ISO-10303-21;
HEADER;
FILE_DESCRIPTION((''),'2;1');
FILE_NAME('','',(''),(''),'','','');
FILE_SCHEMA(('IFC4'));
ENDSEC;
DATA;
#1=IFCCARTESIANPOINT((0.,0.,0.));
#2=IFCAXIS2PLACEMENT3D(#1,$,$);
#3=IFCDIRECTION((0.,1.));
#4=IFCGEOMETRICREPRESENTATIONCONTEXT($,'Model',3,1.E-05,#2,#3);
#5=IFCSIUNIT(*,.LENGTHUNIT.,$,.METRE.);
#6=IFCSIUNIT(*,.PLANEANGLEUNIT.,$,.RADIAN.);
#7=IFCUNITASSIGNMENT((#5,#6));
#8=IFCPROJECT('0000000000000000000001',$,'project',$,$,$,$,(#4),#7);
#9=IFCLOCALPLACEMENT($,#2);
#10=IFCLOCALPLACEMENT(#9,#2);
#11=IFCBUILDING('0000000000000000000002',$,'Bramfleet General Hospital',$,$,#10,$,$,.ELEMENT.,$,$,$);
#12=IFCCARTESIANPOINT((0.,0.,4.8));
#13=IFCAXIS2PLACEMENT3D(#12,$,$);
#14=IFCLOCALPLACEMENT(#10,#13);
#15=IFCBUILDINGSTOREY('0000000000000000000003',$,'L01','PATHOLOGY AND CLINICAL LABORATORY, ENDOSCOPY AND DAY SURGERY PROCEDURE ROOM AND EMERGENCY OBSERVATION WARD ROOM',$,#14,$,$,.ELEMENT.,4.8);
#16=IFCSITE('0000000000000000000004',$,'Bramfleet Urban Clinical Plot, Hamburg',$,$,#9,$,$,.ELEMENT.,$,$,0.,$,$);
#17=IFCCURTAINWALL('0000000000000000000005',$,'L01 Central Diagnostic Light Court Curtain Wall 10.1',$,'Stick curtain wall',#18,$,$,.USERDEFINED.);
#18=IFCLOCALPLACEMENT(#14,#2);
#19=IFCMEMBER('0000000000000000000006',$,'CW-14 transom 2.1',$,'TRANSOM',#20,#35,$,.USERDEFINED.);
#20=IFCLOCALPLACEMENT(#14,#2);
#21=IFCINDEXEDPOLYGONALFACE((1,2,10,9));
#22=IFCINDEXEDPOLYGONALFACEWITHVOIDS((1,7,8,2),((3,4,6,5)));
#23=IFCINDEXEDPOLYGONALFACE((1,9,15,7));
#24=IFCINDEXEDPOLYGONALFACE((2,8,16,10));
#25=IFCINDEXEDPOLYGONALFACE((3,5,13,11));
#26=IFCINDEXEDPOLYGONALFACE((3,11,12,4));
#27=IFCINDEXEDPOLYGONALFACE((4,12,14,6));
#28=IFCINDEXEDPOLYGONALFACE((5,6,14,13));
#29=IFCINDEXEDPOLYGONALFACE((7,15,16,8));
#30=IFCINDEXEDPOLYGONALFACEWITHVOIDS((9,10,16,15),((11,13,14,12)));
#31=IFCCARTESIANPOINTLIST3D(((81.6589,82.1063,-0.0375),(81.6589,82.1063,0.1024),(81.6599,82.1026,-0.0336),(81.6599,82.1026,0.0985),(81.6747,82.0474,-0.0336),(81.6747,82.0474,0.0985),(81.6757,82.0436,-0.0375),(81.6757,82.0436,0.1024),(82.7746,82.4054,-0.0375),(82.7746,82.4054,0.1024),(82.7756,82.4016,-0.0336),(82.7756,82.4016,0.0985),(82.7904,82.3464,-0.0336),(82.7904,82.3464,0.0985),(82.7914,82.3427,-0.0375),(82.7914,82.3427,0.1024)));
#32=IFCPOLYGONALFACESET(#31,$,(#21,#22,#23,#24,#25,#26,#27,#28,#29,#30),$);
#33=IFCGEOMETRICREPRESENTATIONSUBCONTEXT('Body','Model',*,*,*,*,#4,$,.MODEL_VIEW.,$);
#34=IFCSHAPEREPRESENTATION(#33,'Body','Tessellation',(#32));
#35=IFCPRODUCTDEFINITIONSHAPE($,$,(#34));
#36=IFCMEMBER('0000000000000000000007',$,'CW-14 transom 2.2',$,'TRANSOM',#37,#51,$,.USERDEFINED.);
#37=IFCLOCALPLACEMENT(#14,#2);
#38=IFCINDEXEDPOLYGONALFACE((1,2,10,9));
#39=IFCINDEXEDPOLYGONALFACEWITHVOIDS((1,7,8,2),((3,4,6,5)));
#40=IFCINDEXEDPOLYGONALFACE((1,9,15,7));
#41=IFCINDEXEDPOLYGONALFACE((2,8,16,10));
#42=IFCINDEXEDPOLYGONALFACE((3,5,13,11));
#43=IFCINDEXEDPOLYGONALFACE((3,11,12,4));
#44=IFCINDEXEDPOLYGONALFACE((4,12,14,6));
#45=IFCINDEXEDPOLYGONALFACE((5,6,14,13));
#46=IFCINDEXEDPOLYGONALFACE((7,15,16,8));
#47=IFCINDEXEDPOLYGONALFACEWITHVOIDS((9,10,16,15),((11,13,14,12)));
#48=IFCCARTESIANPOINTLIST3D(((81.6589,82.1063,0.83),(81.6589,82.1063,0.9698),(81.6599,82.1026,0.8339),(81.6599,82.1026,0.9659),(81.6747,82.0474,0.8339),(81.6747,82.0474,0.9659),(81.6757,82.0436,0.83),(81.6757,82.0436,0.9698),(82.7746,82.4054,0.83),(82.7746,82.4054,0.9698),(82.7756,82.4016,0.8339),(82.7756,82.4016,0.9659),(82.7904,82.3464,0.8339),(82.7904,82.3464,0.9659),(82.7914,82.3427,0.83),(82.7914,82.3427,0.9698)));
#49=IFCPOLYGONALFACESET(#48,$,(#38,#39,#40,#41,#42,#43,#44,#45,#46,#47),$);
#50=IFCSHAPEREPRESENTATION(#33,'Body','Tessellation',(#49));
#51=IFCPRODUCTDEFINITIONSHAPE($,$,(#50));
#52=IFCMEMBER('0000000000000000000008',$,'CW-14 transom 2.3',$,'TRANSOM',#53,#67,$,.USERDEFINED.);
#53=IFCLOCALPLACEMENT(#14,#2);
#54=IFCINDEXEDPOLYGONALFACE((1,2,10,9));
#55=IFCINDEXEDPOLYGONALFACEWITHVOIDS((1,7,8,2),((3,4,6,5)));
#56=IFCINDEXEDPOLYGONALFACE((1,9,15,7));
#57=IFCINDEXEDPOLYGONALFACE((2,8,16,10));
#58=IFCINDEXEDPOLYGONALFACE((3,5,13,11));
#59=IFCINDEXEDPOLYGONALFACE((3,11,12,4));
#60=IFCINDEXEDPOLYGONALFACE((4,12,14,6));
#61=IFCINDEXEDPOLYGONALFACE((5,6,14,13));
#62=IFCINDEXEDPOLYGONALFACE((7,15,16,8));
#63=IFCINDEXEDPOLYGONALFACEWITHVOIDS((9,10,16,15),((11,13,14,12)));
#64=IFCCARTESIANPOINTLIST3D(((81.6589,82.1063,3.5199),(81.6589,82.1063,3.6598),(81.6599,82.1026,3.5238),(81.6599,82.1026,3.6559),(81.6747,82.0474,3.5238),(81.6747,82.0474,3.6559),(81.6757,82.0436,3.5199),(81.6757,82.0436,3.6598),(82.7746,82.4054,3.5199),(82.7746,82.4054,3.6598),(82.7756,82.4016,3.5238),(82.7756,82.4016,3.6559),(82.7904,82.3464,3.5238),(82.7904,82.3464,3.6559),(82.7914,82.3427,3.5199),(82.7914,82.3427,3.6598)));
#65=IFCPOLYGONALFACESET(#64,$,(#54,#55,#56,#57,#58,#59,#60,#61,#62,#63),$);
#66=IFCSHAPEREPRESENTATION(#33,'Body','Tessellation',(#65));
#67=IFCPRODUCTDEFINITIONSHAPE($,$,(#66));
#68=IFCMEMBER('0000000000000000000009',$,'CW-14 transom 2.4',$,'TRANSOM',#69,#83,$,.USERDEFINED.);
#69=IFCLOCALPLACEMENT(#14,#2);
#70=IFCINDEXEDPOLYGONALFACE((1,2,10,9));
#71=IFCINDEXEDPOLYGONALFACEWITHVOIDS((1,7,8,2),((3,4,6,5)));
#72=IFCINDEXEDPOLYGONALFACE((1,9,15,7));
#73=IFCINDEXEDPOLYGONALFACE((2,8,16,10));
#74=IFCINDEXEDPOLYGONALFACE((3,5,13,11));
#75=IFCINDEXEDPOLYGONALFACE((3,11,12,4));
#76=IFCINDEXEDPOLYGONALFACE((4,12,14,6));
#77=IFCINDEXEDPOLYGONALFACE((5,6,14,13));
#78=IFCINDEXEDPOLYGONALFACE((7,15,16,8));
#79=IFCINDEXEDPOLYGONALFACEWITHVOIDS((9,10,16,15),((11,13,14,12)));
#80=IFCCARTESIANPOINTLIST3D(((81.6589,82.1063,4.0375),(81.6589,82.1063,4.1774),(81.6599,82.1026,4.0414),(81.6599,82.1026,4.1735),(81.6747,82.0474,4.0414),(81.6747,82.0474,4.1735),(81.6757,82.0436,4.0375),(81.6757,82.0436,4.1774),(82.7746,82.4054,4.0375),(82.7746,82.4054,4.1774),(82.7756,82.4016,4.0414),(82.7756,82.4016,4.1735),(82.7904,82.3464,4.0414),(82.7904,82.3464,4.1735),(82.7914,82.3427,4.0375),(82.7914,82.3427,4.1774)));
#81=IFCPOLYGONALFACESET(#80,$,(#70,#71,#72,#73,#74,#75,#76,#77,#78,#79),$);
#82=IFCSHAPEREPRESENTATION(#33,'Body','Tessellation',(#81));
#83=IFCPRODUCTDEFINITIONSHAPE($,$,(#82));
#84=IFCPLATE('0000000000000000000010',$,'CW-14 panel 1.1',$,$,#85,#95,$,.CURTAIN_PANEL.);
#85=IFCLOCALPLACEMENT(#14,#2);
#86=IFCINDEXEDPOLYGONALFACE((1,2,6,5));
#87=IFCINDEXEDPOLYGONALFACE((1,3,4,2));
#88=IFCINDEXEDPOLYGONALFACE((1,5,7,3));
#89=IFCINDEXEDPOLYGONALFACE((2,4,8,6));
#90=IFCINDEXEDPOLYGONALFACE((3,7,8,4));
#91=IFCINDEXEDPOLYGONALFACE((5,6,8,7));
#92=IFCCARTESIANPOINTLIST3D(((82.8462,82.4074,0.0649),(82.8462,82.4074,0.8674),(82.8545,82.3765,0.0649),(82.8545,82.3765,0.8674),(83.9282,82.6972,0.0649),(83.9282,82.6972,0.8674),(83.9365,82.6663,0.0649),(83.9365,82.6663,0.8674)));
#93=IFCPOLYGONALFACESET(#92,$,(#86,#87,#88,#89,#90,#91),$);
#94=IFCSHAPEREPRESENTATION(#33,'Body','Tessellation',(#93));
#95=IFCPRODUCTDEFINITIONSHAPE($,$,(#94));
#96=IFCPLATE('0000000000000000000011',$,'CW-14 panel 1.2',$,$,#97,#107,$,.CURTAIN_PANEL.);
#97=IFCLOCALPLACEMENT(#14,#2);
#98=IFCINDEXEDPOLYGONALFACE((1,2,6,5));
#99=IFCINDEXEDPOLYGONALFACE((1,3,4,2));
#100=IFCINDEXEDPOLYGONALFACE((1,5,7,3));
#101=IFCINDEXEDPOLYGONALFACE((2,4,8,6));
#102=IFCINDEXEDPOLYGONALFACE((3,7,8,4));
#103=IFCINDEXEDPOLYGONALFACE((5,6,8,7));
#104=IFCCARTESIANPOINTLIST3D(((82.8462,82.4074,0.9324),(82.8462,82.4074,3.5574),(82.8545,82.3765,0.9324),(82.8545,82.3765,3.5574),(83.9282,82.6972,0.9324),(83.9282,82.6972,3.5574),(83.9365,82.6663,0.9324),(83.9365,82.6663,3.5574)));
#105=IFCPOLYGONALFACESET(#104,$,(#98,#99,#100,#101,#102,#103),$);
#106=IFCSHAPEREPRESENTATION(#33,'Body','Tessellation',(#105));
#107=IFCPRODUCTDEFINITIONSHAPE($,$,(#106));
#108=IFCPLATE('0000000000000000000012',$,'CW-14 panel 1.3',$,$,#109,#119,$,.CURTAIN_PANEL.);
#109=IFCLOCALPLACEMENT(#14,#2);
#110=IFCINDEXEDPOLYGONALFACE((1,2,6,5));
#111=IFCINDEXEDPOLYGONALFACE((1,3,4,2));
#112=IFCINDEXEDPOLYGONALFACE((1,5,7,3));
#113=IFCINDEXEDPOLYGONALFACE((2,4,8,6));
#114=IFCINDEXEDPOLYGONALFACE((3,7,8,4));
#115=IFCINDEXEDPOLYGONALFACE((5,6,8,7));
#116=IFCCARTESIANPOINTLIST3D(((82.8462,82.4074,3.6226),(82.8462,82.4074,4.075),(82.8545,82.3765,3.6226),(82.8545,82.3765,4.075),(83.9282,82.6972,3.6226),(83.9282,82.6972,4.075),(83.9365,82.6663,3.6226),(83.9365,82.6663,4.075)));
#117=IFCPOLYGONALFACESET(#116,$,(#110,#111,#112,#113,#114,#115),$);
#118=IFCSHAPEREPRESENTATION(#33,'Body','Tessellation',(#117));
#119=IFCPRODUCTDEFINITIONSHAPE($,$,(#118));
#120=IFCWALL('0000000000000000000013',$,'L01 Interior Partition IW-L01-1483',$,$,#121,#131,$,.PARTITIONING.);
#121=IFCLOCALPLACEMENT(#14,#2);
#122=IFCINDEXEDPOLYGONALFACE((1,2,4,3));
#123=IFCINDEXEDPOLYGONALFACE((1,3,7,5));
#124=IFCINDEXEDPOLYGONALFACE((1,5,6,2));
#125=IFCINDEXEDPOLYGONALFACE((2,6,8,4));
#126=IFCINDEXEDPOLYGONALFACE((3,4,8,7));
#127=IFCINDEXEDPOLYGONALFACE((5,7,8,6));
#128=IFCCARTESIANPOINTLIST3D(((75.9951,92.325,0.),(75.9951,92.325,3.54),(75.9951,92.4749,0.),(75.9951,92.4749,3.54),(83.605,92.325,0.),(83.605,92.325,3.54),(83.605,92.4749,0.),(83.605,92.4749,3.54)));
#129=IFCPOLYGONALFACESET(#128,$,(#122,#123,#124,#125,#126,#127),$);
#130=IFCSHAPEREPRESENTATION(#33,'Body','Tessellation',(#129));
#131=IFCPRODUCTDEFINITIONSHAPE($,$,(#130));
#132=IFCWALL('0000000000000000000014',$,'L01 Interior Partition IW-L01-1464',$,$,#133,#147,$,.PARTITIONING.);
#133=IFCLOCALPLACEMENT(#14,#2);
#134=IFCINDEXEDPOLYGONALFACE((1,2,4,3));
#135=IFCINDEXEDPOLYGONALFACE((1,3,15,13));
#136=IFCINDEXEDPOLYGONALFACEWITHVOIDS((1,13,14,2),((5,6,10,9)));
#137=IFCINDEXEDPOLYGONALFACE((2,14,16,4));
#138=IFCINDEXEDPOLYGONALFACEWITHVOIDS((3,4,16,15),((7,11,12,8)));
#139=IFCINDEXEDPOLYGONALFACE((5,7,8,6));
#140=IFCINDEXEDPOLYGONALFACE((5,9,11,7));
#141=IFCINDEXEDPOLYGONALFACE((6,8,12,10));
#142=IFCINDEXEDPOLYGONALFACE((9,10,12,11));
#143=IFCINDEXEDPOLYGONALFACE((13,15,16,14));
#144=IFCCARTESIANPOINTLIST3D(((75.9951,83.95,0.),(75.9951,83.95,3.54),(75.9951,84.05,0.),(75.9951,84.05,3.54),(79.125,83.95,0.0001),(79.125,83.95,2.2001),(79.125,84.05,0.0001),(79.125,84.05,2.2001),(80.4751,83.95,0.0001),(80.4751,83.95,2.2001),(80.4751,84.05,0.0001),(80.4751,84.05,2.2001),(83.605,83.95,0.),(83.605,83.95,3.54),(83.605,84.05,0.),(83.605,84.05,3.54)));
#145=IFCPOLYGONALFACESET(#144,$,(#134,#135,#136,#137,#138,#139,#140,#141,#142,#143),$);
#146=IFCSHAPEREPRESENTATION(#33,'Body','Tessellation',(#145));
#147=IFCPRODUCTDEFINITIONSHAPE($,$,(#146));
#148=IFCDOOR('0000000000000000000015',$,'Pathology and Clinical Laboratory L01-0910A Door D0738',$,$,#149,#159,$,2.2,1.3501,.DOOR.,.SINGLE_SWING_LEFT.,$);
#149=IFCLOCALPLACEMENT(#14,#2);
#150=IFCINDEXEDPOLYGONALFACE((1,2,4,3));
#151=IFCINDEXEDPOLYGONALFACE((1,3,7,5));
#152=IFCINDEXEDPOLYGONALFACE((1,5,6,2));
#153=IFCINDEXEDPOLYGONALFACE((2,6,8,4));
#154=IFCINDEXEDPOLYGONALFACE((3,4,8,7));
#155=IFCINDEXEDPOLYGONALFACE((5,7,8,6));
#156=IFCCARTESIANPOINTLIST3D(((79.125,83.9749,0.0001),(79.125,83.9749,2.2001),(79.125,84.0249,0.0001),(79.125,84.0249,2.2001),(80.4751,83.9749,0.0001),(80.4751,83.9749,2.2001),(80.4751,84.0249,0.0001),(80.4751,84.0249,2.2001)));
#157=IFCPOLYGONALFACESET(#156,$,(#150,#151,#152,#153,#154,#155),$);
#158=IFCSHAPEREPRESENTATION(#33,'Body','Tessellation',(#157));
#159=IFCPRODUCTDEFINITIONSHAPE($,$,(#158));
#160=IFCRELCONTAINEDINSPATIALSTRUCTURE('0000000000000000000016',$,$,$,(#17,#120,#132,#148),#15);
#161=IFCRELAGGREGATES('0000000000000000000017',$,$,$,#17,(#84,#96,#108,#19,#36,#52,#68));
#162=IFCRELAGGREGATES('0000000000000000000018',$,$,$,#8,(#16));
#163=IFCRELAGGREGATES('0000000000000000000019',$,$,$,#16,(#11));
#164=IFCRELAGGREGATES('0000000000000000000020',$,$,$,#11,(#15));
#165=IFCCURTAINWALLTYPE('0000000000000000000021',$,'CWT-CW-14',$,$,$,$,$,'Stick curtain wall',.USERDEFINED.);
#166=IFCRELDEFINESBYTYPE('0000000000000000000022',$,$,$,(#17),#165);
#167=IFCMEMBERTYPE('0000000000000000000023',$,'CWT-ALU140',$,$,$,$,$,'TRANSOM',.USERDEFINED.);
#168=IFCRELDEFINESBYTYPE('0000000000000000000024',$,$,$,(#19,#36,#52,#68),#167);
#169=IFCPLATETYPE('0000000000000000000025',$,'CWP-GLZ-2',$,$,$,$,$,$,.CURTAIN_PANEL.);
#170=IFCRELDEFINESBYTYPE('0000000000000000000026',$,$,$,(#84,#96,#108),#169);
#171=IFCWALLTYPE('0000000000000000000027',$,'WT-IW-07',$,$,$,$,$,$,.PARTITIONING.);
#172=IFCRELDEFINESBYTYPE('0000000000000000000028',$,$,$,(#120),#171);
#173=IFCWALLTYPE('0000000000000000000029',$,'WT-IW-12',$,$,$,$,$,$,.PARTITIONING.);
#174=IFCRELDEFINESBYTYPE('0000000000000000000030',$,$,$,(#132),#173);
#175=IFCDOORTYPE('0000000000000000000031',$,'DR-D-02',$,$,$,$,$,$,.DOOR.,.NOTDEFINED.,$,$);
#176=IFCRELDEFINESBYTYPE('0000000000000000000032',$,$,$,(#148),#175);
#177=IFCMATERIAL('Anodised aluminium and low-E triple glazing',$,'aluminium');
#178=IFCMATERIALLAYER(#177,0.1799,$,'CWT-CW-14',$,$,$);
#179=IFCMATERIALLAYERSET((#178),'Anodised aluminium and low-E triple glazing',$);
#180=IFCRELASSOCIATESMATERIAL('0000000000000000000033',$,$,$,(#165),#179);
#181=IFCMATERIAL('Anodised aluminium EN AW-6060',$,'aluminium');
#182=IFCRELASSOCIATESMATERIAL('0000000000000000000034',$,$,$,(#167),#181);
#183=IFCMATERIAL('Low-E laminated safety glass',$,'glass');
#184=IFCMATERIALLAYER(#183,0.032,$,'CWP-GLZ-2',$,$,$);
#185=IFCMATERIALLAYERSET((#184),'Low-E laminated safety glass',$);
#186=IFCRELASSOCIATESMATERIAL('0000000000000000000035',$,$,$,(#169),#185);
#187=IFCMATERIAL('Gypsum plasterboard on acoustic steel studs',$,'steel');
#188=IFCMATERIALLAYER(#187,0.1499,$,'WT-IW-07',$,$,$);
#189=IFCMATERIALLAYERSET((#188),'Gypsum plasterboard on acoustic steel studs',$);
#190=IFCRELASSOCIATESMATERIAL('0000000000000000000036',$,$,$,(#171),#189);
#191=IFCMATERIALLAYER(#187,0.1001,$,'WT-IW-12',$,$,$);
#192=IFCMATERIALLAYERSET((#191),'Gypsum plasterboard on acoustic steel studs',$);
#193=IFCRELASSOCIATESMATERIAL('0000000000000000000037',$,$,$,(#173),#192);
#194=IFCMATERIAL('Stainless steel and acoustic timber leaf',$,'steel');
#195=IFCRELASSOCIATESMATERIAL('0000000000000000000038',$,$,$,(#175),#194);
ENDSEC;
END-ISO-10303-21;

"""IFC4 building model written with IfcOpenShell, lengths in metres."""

from ifc_helpers import new_model, si_unit, direction, frame, frame_2d, origin, origin_2d, place, context, subcontext, project, spatial, rectangle, hollow_rectangle, extrude, material, layer, layer_set, material_profile, profile_set, type_object, element, fill, aggregate, save


model = new_model("IFC4")

# Units and contexts
model_context = context("Model", 3, precision=1e-05, world=origin(), true_north=direction((0.0, 1.0)))
body_context = subcontext(model_context, "Body", "Model", "MODEL_VIEW")
ifc_project = project(units=[si_unit("LENGTHUNIT", "METRE"), si_unit("PLANEANGLEUNIT", "RADIAN")], contexts=[model_context])

# Site, building, storey
site_placement = place(None, origin())
site = spatial("IfcSite", under=ifc_project, at=site_placement, Name="Bramfleet Urban Clinical Plot, Hamburg", CompositionType="ELEMENT", RefElevation=0.0)
building_placement = place(site_placement, origin())
building = spatial("IfcBuilding", under=site, at=building_placement, Name="Bramfleet General Hospital", CompositionType="ELEMENT")
storey_placement = place(building_placement, frame((0.0, 0.0, 4.8)))
storey = spatial("IfcBuildingStorey", under=building, at=storey_placement, Name="L01", Description="PATHOLOGY AND CLINICAL LABORATORY, ENDOSCOPY AND DAY SURGERY PROCEDURE ROOM AND EMERGENCY OBSERVATION WARD ROOM", CompositionType="ELEMENT", Elevation=4.8)

# Curtain wall, members, plates
ifc_material_1 = material(Name="Anodised aluminium and low-E triple glazing", Category="aluminium")
ifc_layer_1 = layer(ifc_material_1, 0.1799, Name="CWT-CW-14")
ifc_layer_set_1 = layer_set([ifc_layer_1], Name="Anodised aluminium and low-E triple glazing")
curtain_wall_type = type_object("IfcCurtainWallType", Name="CWT-CW-14", ElementType="Stick curtain wall", PredefinedType="USERDEFINED", material=ifc_layer_set_1)
curtain_wall_placement = place(storey_placement, origin())
curtain_wall = element("IfcCurtainWall", 1, at=curtain_wall_placement, inside=storey, type_object=curtain_wall_type, Name="L01 Central Diagnostic Light Court Curtain Wall 10.1", ObjectType="Stick curtain wall", PredefinedType="USERDEFINED")
ifc_material_2 = material(Name="Anodised aluminium EN AW-6060", Category="aluminium")
ifc_material_profile_1 = material_profile(ifc_material_2, hollow_rectangle(XDim=0.0649, YDim=0.1399, WallThickness=0.0039, at=origin_2d()), Name="ALU 140x65x4.0")
ifc_profile_set_1 = profile_set([ifc_material_profile_1], Name="Anodised aluminium EN AW-6060")
member_type_1 = type_object("IfcMemberType", Name="CWT-ALU140", ElementType="TRANSOM", PredefinedType="USERDEFINED", material=ifc_profile_set_1)
member_1_placement = place(storey_placement, frame((82.783, 82.374, 0.0325), z_axis=(-0.965901, -0.258912, 0.0), x_axis=(0.258912, -0.965901, 0.0)))
member_1 = element("IfcMember", 2, at=member_1_placement, type_object=member_type_1, Name="CW-14 transom 2.1", ObjectType="TRANSOM", PredefinedType="USERDEFINED", context=body_context, shape_type="SweptSolid", body=[
    extrude(hollow_rectangle(XDim=0.0649, YDim=0.1399, WallThickness=0.0039, at=origin_2d()), origin(), (0.0, 0.0, 1.0), 1.155),
])
member_2_placement = place(storey_placement, frame((82.783, 82.374, 0.8999), z_axis=(-0.965901, -0.258912, 0.0), x_axis=(0.258912, -0.965901, 0.0)))
member_2 = element("IfcMember", 3, at=member_2_placement, type_object=member_type_1, Name="CW-14 transom 2.2", ObjectType="TRANSOM", PredefinedType="USERDEFINED", context=body_context, shape_type="SweptSolid", body=[
    extrude(hollow_rectangle(XDim=0.0649, YDim=0.1399, WallThickness=0.0039, at=origin_2d()), origin(), (0.0, 0.0, 1.0), 1.155),
])
member_3_placement = place(storey_placement, frame((82.783, 82.374, 3.5898), z_axis=(-0.965901, -0.258912, 0.0), x_axis=(0.258912, -0.965901, 0.0)))
member_3 = element("IfcMember", 4, at=member_3_placement, type_object=member_type_1, Name="CW-14 transom 2.3", ObjectType="TRANSOM", PredefinedType="USERDEFINED", context=body_context, shape_type="SweptSolid", body=[
    extrude(hollow_rectangle(XDim=0.0649, YDim=0.1399, WallThickness=0.0039, at=origin_2d()), origin(), (0.0, 0.0, 1.0), 1.155),
])
member_4_placement = place(storey_placement, frame((82.783, 82.374, 4.1074), z_axis=(-0.965901, -0.258912, 0.0), x_axis=(0.258912, -0.965901, 0.0)))
member_4 = element("IfcMember", 5, at=member_4_placement, type_object=member_type_1, Name="CW-14 transom 2.4", ObjectType="TRANSOM", PredefinedType="USERDEFINED", context=body_context, shape_type="SweptSolid", body=[
    extrude(hollow_rectangle(XDim=0.0649, YDim=0.1399, WallThickness=0.0039, at=origin_2d()), origin(), (0.0, 0.0, 1.0), 1.155),
])
ifc_material_3 = material(Name="Low-E laminated safety glass", Category="glass")
ifc_layer_2 = layer(ifc_material_3, 0.032, Name="CWP-GLZ-2")
ifc_layer_set_2 = layer_set([ifc_layer_2], Name="Low-E laminated safety glass")
plate_type = type_object("IfcPlateType", Name="CWP-GLZ-2", PredefinedType="CURTAIN_PANEL", material=ifc_layer_set_2)
plate_1_placement = place(storey_placement, frame((83.3914, 82.5369, 0.0649), z_axis=(0.0, 0.0, 1.0), x_axis=(-0.965941, -0.258763, 0.0)))
plate_1 = element("IfcPlate", 6, at=plate_1_placement, type_object=plate_type, Name="CW-14 panel 1.1", PredefinedType="CURTAIN_PANEL", context=body_context, shape_type="SweptSolid", body=[
    extrude(rectangle(XDim=1.1201, YDim=0.032, at=origin_2d()), origin(), (0.0, 0.0, 1.0), 0.8025),
])
plate_2_placement = place(storey_placement, frame((83.3914, 82.5369, 0.9324), z_axis=(0.0, 0.0, 1.0), x_axis=(-0.965941, -0.258763, 0.0)))
plate_2 = element("IfcPlate", 7, at=plate_2_placement, type_object=plate_type, Name="CW-14 panel 1.2", PredefinedType="CURTAIN_PANEL", context=body_context, shape_type="SweptSolid", body=[
    extrude(rectangle(XDim=1.1201, YDim=0.032, at=origin_2d()), origin(), (0.0, 0.0, 1.0), 2.625),
])
plate_3_placement = place(storey_placement, frame((83.3914, 82.5369, 3.6226), z_axis=(0.0, 0.0, 1.0), x_axis=(-0.965941, -0.258763, 0.0)))
plate_3 = element("IfcPlate", 8, at=plate_3_placement, type_object=plate_type, Name="CW-14 panel 1.3", PredefinedType="CURTAIN_PANEL", context=body_context, shape_type="SweptSolid", body=[
    extrude(rectangle(XDim=1.1201, YDim=0.032, at=origin_2d()), origin(), (0.0, 0.0, 1.0), 0.4524),
])
aggregate(curtain_wall, [plate_1, plate_2, plate_3, member_1, member_2, member_3, member_4])

# Wall
ifc_material_4 = material(Name="Gypsum plasterboard on acoustic steel studs", Category="steel")
ifc_layer_3 = layer(ifc_material_4, 0.1499, Name="WT-IW-07")
ifc_layer_set_3 = layer_set([ifc_layer_3], Name="Gypsum plasterboard on acoustic steel studs")
wall_type_1 = type_object("IfcWallType", Name="WT-IW-07", PredefinedType="PARTITIONING", material=ifc_layer_set_3)
wall_1_placement = place(storey_placement, frame((75.9951, 92.3999, 0.0), z_axis=(0.0, 0.0, 1.0), x_axis=(1.0, 0.0, 0.0)))
element("IfcWall", 9, at=wall_1_placement, inside=storey, type_object=wall_type_1, Name="L01 Interior Partition IW-L01-1483", PredefinedType="PARTITIONING", context=body_context, shape_type="SweptSolid", body=[
    extrude(rectangle(XDim=7.6099, YDim=0.1499, at=frame_2d((3.8049, 0.0))), origin(), (0.0, 0.0, 1.0), 3.54),
])

# Wall, opening, door
ifc_layer_4 = layer(ifc_material_4, 0.1001, Name="WT-IW-12")
ifc_layer_set_4 = layer_set([ifc_layer_4], Name="Gypsum plasterboard on acoustic steel studs")
wall_type_2 = type_object("IfcWallType", Name="WT-IW-12", PredefinedType="PARTITIONING", material=ifc_layer_set_4)
wall_2_placement = place(storey_placement, frame((75.9951, 84.0, 0.0), z_axis=(0.0, 0.0, 1.0), x_axis=(1.0, 0.0, 0.0)))
wall_2 = element("IfcWall", 10, at=wall_2_placement, inside=storey, type_object=wall_type_2, Name="L01 Interior Partition IW-L01-1464", PredefinedType="PARTITIONING", context=body_context, shape_type="SweptSolid", body=[
    extrude(rectangle(XDim=7.6099, YDim=0.1001, at=frame_2d((3.8049, 0.0))), origin(), (0.0, 0.0, 1.0), 3.54),
])
opening_placement = place(wall_2_placement, frame((3.1299, 0.0, 0.0)))
opening = element("IfcOpeningElement", 11, at=opening_placement, cuts=wall_2, PredefinedType="OPENING", context=body_context, shape_type="SweptSolid", body=[
    extrude(rectangle(XDim=1.3501, YDim=2.2, at=frame_2d((0.675, 1.1001))), frame((0.0, 0.0601, 0.0), z_axis=(0.0, -1.0, 0.0), x_axis=(1.0, 0.0, 0.0)), (0.0, 0.0, 1.0), 0.1201),
])
ifc_material_5 = material(Name="Stainless steel and acoustic timber leaf", Category="steel")
door_type = type_object("IfcDoorType", Name="DR-D-02", OperationType="NOTDEFINED", PredefinedType="DOOR", material=ifc_material_5)
door_placement = place(opening_placement, origin())
door = element("IfcDoor", 12, at=door_placement, inside=storey, type_object=door_type, Name="Pathology and Clinical Laboratory L01-0910A Door D0738", OperationType="SINGLE_SWING_LEFT", OverallHeight=2.2, OverallWidth=1.3501, PredefinedType="DOOR", context=body_context, shape_type="SweptSolid", body=[
    extrude(rectangle(XDim=1.3501, YDim=2.2, at=frame_2d((0.675, 1.1001))), frame((0.0, 0.0249, 0.0), z_axis=(0.0, -1.0, 0.0), x_axis=(1.0, 0.0, 0.0)), (0.0, 0.0, 1.0), 0.05),
])
fill(opening, door)

save(model, "model.ifc")
